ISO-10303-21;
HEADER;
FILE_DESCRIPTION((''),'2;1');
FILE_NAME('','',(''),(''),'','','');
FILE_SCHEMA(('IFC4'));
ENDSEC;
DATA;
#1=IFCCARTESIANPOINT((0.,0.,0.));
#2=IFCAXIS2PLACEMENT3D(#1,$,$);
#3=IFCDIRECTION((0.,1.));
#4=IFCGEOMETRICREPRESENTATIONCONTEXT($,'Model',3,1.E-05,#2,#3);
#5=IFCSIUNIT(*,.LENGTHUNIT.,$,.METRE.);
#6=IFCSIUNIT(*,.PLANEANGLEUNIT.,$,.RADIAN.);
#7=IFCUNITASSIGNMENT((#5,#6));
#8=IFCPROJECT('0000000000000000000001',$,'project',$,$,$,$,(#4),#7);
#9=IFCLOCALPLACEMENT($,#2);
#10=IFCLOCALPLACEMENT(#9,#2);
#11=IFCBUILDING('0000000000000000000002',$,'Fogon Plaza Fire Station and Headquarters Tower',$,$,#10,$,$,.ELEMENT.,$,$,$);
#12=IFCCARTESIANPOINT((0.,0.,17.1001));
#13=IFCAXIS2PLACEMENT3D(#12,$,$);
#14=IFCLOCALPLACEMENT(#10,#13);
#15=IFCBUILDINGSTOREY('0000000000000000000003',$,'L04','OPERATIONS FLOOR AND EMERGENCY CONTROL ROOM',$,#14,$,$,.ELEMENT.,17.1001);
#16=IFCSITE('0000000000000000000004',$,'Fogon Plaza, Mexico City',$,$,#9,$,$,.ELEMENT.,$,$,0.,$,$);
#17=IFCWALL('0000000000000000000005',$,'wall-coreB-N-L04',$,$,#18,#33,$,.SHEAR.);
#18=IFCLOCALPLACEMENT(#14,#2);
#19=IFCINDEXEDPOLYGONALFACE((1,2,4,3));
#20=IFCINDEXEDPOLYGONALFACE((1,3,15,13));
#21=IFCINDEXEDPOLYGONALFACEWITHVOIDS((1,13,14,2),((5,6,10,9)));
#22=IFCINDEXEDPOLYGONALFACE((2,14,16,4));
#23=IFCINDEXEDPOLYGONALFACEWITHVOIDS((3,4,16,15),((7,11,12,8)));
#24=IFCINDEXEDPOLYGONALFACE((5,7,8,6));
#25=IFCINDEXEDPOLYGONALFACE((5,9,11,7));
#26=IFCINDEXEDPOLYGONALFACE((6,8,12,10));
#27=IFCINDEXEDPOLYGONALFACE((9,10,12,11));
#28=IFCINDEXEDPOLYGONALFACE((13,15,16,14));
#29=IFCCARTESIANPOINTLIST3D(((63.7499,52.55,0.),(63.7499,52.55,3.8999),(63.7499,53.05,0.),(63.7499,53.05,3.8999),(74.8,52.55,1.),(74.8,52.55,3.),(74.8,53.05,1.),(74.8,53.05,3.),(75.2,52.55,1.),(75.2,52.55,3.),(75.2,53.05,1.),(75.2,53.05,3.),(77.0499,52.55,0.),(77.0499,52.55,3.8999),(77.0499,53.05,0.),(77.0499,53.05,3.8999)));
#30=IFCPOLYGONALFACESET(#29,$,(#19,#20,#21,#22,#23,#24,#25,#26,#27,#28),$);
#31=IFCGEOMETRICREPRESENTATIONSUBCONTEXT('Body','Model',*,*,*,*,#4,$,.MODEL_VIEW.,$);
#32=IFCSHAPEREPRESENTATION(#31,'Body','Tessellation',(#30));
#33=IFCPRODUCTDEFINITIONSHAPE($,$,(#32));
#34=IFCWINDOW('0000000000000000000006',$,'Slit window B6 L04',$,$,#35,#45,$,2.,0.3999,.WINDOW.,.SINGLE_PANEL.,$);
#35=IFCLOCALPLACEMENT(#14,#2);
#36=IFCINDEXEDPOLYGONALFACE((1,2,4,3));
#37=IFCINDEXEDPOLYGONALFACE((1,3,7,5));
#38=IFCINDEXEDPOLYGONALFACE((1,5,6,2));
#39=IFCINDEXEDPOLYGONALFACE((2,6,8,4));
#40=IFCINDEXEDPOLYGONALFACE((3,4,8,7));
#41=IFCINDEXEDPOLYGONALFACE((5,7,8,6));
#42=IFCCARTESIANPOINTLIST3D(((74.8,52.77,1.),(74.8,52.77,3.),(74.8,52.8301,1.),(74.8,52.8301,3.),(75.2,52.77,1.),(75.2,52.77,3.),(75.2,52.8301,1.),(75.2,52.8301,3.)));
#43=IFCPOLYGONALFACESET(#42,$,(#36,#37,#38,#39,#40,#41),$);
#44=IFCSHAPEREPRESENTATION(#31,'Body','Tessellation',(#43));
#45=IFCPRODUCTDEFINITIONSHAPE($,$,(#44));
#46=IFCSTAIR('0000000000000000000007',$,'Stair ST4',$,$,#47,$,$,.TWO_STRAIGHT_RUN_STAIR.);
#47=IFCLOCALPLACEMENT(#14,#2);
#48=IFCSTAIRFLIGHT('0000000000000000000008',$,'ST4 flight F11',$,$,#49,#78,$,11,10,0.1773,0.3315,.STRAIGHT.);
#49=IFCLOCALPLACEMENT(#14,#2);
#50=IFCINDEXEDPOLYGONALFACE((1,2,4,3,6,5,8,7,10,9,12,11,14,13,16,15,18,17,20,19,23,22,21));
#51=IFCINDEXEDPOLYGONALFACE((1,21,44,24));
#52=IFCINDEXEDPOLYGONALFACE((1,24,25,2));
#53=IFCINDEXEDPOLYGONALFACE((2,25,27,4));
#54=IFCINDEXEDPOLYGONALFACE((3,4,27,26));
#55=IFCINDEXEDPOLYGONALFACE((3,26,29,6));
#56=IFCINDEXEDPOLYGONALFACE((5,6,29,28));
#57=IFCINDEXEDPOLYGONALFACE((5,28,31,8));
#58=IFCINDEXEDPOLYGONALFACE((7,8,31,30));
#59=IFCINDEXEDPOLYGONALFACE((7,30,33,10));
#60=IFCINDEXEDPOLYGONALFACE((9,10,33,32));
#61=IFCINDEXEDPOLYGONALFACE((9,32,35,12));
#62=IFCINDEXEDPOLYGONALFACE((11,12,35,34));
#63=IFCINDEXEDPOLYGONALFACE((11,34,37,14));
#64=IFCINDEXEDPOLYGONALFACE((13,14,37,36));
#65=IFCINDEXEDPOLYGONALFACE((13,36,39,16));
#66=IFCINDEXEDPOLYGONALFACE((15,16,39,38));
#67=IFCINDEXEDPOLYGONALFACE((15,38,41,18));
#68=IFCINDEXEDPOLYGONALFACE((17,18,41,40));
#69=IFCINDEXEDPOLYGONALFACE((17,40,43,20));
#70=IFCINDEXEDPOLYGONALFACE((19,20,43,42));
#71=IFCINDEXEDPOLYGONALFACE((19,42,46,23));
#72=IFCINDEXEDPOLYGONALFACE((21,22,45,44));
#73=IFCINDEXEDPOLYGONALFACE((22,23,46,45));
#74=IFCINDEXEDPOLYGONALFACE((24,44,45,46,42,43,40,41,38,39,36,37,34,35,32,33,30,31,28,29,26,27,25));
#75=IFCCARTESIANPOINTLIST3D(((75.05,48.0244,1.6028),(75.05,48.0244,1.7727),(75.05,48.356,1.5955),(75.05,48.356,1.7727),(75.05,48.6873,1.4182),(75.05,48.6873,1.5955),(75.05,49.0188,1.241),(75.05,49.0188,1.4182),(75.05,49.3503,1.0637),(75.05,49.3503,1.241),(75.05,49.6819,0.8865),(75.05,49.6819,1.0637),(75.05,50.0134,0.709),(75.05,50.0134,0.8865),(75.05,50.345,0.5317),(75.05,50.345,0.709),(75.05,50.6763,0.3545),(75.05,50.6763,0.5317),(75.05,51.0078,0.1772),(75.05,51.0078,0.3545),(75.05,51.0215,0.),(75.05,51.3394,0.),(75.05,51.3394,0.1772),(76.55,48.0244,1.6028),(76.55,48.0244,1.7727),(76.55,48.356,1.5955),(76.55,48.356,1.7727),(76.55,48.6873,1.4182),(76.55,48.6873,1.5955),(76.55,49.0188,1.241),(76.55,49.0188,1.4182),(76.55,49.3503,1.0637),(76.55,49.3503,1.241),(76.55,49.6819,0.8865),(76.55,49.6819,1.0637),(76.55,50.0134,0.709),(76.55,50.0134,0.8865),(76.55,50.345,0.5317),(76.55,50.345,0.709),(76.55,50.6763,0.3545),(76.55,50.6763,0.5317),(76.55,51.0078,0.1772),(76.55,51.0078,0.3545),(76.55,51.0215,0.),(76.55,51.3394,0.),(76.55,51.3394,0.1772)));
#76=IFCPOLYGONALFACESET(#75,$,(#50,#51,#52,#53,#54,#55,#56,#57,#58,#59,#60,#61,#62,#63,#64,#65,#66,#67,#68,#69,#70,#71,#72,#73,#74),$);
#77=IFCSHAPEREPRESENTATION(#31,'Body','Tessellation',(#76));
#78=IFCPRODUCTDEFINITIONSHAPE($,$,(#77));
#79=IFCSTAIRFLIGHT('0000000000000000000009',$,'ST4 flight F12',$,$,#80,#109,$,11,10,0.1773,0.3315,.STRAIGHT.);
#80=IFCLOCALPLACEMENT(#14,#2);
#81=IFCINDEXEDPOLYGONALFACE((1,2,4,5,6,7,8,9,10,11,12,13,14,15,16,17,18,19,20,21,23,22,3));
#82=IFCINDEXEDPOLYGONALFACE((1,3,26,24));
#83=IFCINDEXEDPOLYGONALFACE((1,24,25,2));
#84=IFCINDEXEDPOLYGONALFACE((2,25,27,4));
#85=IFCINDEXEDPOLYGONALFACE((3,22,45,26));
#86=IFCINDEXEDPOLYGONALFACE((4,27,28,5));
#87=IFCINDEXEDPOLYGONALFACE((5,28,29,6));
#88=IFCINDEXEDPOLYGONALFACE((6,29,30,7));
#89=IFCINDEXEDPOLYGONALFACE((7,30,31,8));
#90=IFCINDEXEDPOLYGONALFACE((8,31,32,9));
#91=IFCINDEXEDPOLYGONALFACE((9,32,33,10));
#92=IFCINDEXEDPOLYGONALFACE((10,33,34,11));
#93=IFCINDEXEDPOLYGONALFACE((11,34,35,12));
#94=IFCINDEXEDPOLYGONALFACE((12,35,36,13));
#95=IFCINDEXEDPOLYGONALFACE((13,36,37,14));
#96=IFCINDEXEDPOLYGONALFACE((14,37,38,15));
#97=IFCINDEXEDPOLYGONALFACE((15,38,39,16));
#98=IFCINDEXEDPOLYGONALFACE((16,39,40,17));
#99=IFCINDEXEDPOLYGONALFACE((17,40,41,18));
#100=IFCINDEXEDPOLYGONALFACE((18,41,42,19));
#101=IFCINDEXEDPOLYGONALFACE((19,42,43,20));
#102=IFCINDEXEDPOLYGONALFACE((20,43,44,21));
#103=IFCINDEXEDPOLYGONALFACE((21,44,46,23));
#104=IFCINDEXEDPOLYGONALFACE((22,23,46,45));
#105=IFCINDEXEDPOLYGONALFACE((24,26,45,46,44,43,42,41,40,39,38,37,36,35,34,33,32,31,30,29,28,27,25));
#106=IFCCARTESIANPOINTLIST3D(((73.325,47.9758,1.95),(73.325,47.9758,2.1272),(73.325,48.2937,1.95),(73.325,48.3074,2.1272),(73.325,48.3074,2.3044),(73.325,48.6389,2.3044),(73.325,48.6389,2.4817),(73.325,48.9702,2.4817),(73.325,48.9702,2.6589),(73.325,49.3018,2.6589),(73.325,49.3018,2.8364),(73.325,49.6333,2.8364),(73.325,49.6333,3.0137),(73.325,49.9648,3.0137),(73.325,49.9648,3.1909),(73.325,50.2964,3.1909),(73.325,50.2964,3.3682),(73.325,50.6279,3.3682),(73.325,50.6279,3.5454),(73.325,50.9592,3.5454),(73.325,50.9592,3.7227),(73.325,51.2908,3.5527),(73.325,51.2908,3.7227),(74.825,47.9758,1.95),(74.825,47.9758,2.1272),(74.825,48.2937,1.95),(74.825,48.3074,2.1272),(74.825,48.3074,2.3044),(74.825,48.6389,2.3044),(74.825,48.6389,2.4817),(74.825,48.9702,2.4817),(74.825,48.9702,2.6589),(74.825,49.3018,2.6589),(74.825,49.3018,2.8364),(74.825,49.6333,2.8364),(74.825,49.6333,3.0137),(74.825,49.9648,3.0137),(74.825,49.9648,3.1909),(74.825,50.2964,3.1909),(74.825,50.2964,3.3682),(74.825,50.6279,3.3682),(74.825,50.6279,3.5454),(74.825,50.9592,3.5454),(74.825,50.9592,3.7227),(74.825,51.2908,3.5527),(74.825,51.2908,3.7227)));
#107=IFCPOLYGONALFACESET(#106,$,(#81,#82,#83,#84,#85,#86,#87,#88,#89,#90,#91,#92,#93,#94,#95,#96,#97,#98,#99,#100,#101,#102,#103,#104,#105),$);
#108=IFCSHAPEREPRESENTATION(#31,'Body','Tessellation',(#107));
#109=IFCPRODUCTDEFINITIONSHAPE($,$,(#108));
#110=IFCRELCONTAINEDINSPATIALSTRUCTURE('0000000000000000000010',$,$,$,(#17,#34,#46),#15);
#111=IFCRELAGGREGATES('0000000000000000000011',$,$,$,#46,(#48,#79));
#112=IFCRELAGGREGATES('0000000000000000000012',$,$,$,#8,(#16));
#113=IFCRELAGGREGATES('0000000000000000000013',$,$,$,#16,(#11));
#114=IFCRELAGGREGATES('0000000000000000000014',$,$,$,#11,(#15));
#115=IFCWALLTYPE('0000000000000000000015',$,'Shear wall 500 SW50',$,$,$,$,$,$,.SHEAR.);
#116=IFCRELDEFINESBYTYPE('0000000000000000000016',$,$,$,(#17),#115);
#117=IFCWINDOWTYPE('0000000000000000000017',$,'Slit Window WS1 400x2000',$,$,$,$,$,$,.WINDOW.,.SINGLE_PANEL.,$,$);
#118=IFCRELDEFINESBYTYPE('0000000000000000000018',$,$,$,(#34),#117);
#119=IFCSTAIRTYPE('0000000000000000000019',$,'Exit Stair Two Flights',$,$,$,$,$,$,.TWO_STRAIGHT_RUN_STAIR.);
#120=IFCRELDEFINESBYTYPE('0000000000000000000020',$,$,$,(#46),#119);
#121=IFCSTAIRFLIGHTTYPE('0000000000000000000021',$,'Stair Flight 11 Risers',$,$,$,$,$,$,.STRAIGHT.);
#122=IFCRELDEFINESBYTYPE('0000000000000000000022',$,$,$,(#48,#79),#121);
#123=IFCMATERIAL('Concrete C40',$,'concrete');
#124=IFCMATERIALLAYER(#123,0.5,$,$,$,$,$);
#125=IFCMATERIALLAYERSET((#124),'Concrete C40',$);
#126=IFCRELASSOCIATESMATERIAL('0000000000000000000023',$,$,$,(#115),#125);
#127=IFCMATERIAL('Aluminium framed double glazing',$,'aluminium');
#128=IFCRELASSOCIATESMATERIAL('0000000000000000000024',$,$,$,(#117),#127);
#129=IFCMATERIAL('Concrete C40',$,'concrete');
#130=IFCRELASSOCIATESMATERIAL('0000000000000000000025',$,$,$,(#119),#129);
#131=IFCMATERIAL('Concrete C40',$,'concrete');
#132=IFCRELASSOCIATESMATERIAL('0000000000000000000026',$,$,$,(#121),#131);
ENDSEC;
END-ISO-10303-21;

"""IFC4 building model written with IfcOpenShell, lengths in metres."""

from ifc_helpers import new_model, si_unit, direction, frame, frame_2d, origin, place, context, subcontext, project, spatial, polyline, rectangle, outline, extrude, material, layer, layer_set, type_object, element, fill, aggregate, save


model = new_model("IFC4")

# Units and contexts
model_context = context("Model", 3, precision=1e-05, world=origin(), true_north=direction((0.0, 1.0)))
body_context = subcontext(model_context, "Body", "Model", "MODEL_VIEW")
ifc_project = project(units=[si_unit("LENGTHUNIT", "METRE"), si_unit("PLANEANGLEUNIT", "RADIAN")], contexts=[model_context])

# Site, building, storey
site_placement = place(None, origin())
site = spatial("IfcSite", under=ifc_project, at=site_placement, Name="Fogon Plaza, Mexico City", CompositionType="ELEMENT", RefElevation=0.0)
building_placement = place(site_placement, origin())
building = spatial("IfcBuilding", under=site, at=building_placement, Name="Fogon Plaza Fire Station and Headquarters Tower", CompositionType="ELEMENT")
storey_placement = place(building_placement, frame((0.0, 0.0, 17.1001)))
storey = spatial("IfcBuildingStorey", under=building, at=storey_placement, Name="L04", Description="OPERATIONS FLOOR AND EMERGENCY CONTROL ROOM", CompositionType="ELEMENT", Elevation=17.1001)

# Wall, opening, window
ifc_material_1 = material(Name="Concrete C40", Category="concrete")
ifc_layer_1 = layer(ifc_material_1, 0.5)
ifc_layer_set_1 = layer_set([ifc_layer_1], Name="Concrete C40")
wall_type_1 = type_object("IfcWallType", Name="Shear wall 500 SW50", PredefinedType="SHEAR", material=ifc_layer_set_1)
wall_1_placement = place(storey_placement, frame((63.75, 52.8, 0.0), z_axis=(0.0, 0.0, 1.0), x_axis=(1.0, 0.0, 0.0)))
wall_1 = element("IfcWall", 1, at=wall_1_placement, inside=storey, type_object=wall_type_1, Name="wall-coreB-N-L04", PredefinedType="SHEAR", context=body_context, shape_type="SweptSolid", body=[
    extrude(rectangle(XDim=13.3, YDim=0.5, at=frame_2d((6.6499, 0.0))), origin(), (0.0, 0.0, 1.0), 3.8999),
])
opening_placement = place(wall_1_placement, frame((11.05, 0.0, 1.0)))
opening = element("IfcOpeningElement", 2, at=opening_placement, cuts=wall_1, PredefinedType="OPENING", context=body_context, shape_type="SweptSolid", body=[
    extrude(rectangle(XDim=0.3999, YDim=2.0, at=frame_2d((0.2, 1.0))), frame((0.0, 0.26, 0.0), z_axis=(0.0, -1.0, 0.0), x_axis=(1.0, 0.0, 0.0)), (0.0, 0.0, 1.0), 0.52),
])
ifc_material_2 = material(Name="Aluminium framed double glazing", Category="aluminium")
window_type = type_object("IfcWindowType", Name="Slit Window WS1 400x2000", PartitioningType="SINGLE_PANEL", PredefinedType="WINDOW", material=ifc_material_2)
window_placement = place(opening_placement, origin())
window = element("IfcWindow", 3, at=window_placement, inside=storey, type_object=window_type, Name="Slit window B6 L04", OverallHeight=2.0, OverallWidth=0.3999, PartitioningType="SINGLE_PANEL", PredefinedType="WINDOW", context=body_context, shape_type="SweptSolid", body=[
    extrude(rectangle(XDim=0.3999, YDim=2.0, at=frame_2d((0.2, 1.0))), frame((0.0, 0.03, 0.0), z_axis=(0.0, -1.0, 0.0), x_axis=(1.0, 0.0, 0.0)), (0.0, 0.0, 1.0), 0.0601),
])
fill(opening, window)

# Stair, stair flights
ifc_material_3 = material(Name="Concrete C40", Category="concrete")
stair_type = type_object("IfcStairType", Name="Exit Stair Two Flights", PredefinedType="TWO_STRAIGHT_RUN_STAIR", material=ifc_material_3)
stair_placement = place(storey_placement, origin())
stair = element("IfcStair", 4, at=stair_placement, inside=storey, type_object=stair_type, Name="Stair ST4", PredefinedType="TWO_STRAIGHT_RUN_STAIR")
ifc_material_4 = material(Name="Concrete C40", Category="concrete")
stair_flight_type = type_object("IfcStairFlightType", Name="Stair Flight 11 Risers", PredefinedType="STRAIGHT", material=ifc_material_4)
stair_flight_1_placement = place(storey_placement, frame((75.8, 51.3394, 0.0), z_axis=(0.0, 0.0, 1.0), x_axis=(0.0, -1.0, 0.0)))
stair_flight_1 = element("IfcStairFlight", 5, at=stair_flight_1_placement, type_object=stair_flight_type, Name="ST4 flight F11", NumberOfRisers=11, NumberOfTreads=10, PredefinedType="STRAIGHT", RiserHeight=0.1773, TreadLength=0.3315, context=body_context, shape_type="SweptSolid", body=[
    extrude(outline(polyline([(0.0, 0.0), (0.0, 0.1772), (0.3315, 0.1772), (0.3315, 0.3545), (0.6631, 0.3545), (0.6631, 0.5317), (0.9944, 0.5317), (0.9944, 0.709), (1.3259, 0.709), (1.3259, 0.8865), (1.6575, 0.8865), (1.6575, 1.0637), (1.989, 1.0637), (1.989, 1.241), (2.3206, 1.241), (2.3206, 1.4182), (2.6521, 1.4182), (2.6521, 1.5955), (2.9834, 1.5955), (2.9834, 1.7727), (3.3149, 1.7727), (3.3149, 1.95), (3.3149, 1.6028), (0.3179, 0.0), (0.0, 0.0)])), frame((0.0, 0.75, 0.0), z_axis=(0.0, -1.0, 0.0), x_axis=(1.0, 0.0, 0.0)), (0.0, 0.0, 1.0), 1.5),
])
stair_flight_2_placement = place(storey_placement, frame((74.075, 47.9758, 1.95), z_axis=(0.0, 0.0, 1.0), x_axis=(0.0, 1.0, 0.0)))
stair_flight_2 = element("IfcStairFlight", 6, at=stair_flight_2_placement, type_object=stair_flight_type, Name="ST4 flight F12", NumberOfRisers=11, NumberOfTreads=10, PredefinedType="STRAIGHT", RiserHeight=0.1773, TreadLength=0.3315, context=body_context, shape_type="SweptSolid", body=[
    extrude(outline(polyline([(0.0, 0.0), (0.0, 0.1772), (0.3315, 0.1772), (0.3315, 0.3545), (0.6631, 0.3545), (0.6631, 0.5317), (0.9944, 0.5317), (0.9944, 0.709), (1.3259, 0.709), (1.3259, 0.8865), (1.6575, 0.8865), (1.6575, 1.0637), (1.989, 1.0637), (1.989, 1.241), (2.3206, 1.241), (2.3206, 1.4182), (2.6521, 1.4182), (2.6521, 1.5955), (2.9834, 1.5955), (2.9834, 1.7727), (3.3149, 1.7727), (3.3149, 1.95), (3.3149, 1.6028), (0.3179, 0.0), (0.0, 0.0)])), frame((0.0, 0.75, 0.0), z_axis=(0.0, -1.0, 0.0), x_axis=(1.0, 0.0, 0.0)), (0.0, 0.0, 1.0), 1.5),
])
aggregate(stair, [stair_flight_1, stair_flight_2])

save(model, "model.ifc")
